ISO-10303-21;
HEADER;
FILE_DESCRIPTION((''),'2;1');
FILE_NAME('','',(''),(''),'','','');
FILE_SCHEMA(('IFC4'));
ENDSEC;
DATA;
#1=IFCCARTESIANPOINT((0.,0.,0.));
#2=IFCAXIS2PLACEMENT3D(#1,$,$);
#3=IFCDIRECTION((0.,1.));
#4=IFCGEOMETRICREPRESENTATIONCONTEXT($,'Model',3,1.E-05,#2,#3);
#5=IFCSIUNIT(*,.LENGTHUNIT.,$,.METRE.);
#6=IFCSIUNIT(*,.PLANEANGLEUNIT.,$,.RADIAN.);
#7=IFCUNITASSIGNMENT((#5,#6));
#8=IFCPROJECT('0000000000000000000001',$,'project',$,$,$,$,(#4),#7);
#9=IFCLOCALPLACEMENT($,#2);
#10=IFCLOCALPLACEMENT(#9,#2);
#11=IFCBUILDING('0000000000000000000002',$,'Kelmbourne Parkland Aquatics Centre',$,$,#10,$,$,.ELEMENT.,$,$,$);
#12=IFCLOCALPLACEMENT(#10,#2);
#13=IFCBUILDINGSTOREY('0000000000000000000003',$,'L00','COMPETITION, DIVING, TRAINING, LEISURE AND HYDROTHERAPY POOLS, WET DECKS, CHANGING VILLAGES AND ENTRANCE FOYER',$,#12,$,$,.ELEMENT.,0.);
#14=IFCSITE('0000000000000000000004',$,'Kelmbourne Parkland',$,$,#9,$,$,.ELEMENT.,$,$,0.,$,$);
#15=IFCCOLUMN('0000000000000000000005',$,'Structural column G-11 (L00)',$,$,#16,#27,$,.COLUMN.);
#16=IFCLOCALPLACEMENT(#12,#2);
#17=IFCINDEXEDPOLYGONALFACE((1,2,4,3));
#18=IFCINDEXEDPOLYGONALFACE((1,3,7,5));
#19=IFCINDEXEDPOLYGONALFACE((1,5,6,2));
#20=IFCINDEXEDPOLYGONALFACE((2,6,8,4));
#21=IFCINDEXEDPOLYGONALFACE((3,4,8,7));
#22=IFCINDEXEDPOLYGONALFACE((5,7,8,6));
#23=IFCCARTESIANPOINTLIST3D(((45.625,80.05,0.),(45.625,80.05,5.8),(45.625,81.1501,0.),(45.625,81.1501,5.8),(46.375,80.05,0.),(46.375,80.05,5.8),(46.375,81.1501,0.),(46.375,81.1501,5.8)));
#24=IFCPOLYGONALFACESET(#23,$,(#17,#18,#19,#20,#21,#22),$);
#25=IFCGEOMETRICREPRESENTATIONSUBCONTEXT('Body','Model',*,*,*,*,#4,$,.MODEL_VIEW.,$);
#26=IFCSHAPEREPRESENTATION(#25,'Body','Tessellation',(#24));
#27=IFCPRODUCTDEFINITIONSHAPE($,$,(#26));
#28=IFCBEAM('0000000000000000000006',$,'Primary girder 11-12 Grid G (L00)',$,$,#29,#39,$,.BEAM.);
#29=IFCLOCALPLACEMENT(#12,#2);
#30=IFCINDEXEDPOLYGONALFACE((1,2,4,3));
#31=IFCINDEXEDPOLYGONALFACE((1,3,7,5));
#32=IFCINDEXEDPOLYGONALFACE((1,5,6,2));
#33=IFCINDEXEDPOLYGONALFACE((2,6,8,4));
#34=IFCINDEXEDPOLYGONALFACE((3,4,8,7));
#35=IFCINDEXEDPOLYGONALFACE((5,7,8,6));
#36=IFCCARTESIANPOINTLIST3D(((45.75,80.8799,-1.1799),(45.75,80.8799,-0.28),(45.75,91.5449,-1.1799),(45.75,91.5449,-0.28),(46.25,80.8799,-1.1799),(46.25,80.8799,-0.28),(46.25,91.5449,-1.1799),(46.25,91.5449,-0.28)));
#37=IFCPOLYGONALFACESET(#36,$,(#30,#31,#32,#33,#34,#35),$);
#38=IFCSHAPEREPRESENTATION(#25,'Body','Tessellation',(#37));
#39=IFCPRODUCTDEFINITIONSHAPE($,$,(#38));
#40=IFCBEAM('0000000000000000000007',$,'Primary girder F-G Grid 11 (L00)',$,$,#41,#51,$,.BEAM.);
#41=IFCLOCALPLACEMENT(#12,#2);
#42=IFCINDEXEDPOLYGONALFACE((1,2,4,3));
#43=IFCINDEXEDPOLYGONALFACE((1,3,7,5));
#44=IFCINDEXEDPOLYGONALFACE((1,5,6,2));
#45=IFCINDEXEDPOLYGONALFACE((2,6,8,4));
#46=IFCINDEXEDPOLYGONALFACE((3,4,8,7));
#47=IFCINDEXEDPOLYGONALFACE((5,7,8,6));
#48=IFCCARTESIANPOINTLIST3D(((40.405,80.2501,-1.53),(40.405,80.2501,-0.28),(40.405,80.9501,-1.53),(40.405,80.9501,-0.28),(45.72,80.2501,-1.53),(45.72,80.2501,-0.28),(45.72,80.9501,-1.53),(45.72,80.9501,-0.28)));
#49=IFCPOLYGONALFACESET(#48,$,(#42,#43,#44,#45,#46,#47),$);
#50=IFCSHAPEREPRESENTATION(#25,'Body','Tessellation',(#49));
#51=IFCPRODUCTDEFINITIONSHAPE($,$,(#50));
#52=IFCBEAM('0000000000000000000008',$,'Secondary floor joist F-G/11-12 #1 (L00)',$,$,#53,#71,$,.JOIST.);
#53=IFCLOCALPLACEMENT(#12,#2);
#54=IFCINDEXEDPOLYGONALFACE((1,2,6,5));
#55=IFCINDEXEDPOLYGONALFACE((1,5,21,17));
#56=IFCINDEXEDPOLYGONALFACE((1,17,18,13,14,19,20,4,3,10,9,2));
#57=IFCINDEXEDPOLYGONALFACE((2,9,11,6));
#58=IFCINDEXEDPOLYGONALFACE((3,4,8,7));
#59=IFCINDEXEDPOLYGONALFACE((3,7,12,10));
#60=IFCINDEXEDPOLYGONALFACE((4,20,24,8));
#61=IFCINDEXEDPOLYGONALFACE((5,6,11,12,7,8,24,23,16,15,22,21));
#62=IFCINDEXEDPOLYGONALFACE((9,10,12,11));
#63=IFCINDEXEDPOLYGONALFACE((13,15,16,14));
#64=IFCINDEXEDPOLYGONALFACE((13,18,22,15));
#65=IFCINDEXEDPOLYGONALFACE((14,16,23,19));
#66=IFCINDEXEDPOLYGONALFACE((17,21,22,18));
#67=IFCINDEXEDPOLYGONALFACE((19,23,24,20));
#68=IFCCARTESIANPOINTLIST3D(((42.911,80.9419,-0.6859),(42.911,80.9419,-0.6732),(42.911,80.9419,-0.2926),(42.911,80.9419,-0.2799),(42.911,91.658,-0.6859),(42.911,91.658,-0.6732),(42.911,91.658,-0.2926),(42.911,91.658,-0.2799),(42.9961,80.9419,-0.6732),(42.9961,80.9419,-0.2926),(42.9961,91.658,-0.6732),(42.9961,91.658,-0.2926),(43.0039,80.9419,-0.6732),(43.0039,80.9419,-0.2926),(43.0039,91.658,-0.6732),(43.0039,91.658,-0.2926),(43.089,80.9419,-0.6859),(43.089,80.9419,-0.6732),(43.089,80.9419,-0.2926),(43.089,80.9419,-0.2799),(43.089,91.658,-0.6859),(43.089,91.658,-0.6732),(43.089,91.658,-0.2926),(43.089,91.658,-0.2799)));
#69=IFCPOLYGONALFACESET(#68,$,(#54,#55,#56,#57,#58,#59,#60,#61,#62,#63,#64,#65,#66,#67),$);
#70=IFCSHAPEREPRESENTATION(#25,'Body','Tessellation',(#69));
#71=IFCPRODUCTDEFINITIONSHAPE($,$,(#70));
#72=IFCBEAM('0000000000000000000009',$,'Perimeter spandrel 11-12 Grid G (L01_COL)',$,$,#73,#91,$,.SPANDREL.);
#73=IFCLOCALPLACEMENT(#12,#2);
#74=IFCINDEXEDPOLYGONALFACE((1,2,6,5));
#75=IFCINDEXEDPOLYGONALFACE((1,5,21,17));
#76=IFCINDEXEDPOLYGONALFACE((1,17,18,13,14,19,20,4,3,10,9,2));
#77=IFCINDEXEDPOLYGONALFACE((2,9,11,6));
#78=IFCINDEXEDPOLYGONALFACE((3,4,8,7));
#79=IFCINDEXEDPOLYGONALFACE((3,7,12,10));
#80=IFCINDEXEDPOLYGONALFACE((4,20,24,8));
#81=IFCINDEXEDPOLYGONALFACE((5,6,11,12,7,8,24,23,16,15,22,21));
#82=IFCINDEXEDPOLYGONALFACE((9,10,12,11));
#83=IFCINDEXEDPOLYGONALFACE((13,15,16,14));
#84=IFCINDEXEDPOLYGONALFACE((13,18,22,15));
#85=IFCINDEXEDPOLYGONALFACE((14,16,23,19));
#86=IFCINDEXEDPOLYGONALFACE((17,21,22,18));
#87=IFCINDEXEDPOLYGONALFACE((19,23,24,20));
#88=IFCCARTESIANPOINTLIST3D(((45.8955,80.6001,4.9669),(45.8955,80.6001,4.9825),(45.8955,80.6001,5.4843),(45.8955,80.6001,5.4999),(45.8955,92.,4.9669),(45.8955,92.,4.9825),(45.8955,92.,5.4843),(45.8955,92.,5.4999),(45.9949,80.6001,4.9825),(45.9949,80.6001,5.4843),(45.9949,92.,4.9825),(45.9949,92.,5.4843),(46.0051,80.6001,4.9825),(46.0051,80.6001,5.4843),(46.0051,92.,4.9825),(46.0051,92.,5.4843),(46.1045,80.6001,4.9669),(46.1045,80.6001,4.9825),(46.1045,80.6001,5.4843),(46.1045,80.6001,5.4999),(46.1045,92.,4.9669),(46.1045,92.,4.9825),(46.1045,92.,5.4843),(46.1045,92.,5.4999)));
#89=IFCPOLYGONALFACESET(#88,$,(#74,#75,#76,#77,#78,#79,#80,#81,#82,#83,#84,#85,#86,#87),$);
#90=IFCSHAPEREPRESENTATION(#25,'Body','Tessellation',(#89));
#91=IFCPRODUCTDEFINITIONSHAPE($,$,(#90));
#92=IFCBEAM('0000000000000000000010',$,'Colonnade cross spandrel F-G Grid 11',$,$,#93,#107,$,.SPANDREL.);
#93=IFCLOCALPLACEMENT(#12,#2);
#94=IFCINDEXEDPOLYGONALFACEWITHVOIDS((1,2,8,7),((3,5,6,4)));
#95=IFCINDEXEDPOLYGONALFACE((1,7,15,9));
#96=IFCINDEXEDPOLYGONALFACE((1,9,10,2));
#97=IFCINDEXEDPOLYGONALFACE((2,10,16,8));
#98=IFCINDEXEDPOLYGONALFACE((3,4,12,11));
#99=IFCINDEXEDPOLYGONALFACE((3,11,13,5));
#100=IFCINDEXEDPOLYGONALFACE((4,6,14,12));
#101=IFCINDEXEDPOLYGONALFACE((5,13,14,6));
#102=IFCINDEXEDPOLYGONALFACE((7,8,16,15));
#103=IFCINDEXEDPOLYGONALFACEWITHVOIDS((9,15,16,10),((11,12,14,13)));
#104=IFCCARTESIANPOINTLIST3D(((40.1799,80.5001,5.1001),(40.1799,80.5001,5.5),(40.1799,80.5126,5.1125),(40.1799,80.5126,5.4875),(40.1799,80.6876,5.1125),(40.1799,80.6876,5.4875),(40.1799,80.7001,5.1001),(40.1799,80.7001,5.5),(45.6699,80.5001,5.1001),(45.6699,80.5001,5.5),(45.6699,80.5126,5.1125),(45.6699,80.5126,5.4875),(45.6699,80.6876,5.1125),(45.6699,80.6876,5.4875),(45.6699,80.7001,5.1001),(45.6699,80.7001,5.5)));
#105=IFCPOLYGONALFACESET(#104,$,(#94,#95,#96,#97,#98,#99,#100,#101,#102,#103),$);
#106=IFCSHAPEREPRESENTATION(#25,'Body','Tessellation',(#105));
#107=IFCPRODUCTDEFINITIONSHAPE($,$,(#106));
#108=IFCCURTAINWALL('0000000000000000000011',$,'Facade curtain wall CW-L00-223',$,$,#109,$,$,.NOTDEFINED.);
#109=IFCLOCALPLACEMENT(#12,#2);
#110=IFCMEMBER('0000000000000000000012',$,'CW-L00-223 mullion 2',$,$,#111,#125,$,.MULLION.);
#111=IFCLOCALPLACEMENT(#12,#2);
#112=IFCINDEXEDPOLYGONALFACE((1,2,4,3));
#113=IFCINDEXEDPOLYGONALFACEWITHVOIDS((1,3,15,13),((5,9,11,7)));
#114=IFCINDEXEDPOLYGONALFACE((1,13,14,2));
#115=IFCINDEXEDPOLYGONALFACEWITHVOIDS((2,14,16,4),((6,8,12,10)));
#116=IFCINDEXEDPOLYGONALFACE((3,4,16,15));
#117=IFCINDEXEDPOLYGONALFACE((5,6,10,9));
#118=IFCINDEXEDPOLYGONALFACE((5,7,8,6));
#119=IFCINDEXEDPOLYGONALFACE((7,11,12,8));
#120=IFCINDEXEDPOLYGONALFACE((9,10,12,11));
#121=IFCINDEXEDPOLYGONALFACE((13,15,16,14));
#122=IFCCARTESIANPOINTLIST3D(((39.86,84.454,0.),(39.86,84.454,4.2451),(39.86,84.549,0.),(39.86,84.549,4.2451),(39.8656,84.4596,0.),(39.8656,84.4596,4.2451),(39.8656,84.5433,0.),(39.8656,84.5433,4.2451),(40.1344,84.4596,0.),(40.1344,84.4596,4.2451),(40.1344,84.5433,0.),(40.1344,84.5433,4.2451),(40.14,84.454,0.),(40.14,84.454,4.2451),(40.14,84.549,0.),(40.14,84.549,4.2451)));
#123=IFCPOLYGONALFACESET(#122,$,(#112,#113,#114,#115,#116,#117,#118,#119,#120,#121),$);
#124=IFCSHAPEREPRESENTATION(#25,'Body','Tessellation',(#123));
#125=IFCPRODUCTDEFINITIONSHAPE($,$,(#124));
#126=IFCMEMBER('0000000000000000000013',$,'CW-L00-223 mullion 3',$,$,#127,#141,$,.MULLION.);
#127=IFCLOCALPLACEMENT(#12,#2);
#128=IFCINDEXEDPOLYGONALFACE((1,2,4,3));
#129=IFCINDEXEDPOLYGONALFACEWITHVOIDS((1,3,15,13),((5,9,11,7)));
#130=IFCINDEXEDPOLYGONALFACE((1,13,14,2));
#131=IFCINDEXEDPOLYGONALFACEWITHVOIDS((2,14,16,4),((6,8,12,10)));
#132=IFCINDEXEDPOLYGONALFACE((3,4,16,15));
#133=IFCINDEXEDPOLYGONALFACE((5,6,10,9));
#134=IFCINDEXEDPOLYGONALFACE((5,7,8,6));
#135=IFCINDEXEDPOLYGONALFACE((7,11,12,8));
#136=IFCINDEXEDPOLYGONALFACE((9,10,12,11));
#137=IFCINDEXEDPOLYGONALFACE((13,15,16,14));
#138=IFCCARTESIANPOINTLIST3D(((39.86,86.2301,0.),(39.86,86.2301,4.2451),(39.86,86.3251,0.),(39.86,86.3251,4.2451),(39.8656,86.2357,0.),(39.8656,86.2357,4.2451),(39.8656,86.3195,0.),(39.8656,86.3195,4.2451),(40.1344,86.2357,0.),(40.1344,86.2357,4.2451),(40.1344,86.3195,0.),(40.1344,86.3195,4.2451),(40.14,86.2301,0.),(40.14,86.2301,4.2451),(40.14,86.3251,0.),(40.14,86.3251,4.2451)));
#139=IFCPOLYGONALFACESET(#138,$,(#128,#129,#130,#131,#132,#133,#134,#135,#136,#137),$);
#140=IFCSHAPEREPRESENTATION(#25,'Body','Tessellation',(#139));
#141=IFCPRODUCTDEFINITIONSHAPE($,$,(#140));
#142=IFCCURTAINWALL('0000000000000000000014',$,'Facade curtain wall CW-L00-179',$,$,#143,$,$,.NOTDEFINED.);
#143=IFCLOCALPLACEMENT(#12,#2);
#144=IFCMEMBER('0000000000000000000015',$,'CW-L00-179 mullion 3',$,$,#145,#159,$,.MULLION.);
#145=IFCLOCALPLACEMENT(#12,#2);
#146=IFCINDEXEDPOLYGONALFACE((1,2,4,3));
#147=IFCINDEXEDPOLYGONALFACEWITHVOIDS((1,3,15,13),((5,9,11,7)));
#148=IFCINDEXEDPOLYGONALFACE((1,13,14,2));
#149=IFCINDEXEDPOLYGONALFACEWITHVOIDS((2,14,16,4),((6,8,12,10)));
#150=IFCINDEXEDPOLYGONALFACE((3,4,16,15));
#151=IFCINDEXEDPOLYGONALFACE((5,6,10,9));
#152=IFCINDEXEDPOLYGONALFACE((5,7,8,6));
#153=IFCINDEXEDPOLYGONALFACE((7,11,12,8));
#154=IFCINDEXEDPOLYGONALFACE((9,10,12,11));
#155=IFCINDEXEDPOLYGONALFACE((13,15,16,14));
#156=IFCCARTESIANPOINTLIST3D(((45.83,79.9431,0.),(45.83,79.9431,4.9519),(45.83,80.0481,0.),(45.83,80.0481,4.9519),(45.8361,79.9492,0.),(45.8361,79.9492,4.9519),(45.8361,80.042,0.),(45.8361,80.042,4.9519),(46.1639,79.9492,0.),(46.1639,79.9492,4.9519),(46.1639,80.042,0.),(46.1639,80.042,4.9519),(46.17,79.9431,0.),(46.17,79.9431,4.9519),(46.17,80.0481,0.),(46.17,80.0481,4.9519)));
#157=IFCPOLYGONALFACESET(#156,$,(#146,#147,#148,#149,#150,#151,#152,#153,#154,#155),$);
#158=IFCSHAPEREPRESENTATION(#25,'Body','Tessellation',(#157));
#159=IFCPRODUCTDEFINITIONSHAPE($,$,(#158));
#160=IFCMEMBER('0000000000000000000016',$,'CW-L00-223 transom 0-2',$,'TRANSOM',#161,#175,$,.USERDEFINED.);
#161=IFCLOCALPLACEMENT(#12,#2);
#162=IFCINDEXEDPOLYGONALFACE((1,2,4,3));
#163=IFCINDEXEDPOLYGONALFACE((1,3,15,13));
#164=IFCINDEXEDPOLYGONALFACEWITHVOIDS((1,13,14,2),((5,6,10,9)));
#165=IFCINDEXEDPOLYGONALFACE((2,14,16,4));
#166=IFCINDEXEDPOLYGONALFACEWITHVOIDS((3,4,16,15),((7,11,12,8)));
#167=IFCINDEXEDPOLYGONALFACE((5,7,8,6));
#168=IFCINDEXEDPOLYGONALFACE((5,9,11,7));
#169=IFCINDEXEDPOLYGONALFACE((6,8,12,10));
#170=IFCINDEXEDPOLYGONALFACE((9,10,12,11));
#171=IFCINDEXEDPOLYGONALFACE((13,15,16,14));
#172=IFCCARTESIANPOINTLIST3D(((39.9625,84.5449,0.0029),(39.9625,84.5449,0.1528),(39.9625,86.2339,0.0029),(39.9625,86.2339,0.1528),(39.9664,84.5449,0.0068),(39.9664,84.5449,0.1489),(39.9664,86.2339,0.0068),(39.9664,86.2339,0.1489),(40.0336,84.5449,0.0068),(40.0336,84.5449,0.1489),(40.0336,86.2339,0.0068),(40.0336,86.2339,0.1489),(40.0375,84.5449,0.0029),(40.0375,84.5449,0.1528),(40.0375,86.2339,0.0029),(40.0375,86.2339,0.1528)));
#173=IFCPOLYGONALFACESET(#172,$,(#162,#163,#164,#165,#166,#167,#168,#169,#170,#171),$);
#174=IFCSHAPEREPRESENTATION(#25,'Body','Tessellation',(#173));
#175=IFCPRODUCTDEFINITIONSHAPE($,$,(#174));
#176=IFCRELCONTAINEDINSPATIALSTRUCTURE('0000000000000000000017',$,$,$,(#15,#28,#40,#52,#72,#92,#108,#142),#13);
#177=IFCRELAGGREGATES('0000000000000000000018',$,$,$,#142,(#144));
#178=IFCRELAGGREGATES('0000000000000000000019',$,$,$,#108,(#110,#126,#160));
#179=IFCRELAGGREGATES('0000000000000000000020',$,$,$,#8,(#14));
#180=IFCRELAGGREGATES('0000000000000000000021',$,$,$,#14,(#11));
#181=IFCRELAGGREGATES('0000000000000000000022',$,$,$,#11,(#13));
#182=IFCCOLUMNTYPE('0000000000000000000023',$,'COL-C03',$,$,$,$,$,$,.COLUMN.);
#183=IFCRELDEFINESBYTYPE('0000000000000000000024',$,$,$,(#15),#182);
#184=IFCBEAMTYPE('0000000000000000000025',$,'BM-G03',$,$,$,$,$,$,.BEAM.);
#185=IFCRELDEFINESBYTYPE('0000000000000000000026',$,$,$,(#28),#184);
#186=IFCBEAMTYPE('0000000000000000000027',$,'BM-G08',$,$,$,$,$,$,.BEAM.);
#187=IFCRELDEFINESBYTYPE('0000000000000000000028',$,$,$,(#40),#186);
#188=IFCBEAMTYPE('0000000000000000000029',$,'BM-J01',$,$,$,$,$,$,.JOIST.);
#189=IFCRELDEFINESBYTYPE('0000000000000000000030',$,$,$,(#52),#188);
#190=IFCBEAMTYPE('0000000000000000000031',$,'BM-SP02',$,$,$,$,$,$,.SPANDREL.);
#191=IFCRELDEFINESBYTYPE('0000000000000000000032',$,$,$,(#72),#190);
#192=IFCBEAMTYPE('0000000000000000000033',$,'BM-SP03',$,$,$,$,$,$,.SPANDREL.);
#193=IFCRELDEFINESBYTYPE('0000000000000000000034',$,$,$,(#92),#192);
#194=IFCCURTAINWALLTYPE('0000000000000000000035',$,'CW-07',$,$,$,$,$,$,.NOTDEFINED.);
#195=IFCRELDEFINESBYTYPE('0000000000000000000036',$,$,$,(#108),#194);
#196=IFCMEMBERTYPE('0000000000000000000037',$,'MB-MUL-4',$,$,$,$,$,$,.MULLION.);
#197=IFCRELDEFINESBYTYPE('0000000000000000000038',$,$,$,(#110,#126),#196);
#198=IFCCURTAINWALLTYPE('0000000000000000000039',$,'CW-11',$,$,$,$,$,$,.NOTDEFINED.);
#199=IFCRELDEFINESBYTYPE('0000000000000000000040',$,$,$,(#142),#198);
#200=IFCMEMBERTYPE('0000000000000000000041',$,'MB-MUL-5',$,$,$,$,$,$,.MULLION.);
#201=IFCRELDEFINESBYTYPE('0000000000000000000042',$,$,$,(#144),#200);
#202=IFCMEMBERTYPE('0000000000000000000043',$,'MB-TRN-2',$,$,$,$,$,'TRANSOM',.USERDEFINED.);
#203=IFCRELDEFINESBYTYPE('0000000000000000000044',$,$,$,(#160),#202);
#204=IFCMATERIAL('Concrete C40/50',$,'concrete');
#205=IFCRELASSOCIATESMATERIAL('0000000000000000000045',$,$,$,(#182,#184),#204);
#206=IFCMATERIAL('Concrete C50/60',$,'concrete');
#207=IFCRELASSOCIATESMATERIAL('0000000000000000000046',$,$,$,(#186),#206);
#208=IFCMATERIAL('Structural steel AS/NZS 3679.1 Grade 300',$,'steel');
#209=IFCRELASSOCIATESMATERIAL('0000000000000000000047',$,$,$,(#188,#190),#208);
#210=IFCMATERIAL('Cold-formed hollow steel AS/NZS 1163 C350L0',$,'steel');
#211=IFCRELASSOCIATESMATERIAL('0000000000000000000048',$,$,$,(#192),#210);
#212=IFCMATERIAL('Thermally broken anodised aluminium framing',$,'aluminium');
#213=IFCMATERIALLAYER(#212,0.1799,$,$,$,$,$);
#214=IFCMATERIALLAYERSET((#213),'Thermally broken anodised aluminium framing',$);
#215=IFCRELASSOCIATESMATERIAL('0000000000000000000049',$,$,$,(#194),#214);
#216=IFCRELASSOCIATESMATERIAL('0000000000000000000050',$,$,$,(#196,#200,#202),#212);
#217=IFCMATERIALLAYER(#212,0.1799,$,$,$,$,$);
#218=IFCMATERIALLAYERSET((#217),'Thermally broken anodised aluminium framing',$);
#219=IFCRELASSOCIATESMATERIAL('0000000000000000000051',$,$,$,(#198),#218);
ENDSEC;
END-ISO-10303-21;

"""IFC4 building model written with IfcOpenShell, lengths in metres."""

from ifc_helpers import new_model, si_unit, direction, frame, origin, origin_2d, place, context, subcontext, project, spatial, rectangle, hollow_rectangle, i_section, extrude, material, layer, layer_set, material_profile, profile_set, type_object, element, aggregate, save


model = new_model("IFC4")

# Units and contexts
model_context = context("Model", 3, precision=1e-05, world=origin(), true_north=direction((0.0, 1.0)))
body_context = subcontext(model_context, "Body", "Model", "MODEL_VIEW")
ifc_project = project(units=[si_unit("LENGTHUNIT", "METRE"), si_unit("PLANEANGLEUNIT", "RADIAN")], contexts=[model_context])

# Site, building, storey
site_placement = place(None, origin())
site = spatial("IfcSite", under=ifc_project, at=site_placement, Name="Kelmbourne Parkland", CompositionType="ELEMENT", RefElevation=0.0)
building_placement = place(site_placement, origin())
building = spatial("IfcBuilding", under=site, at=building_placement, Name="Kelmbourne Parkland Aquatics Centre", CompositionType="ELEMENT")
storey_placement = place(building_placement, origin())
storey = spatial("IfcBuildingStorey", under=building, at=storey_placement, Name="L00", Description="COMPETITION, DIVING, TRAINING, LEISURE AND HYDROTHERAPY POOLS, WET DECKS, CHANGING VILLAGES AND ENTRANCE FOYER", CompositionType="ELEMENT", Elevation=0.0)

# Column
ifc_material_1 = material(Name="Concrete C40/50", Category="concrete")
ifc_material_profile_1 = material_profile(ifc_material_1, rectangle(XDim=0.75, YDim=1.1001, at=origin_2d()), Name="RC 750x1100")
ifc_profile_set_1 = profile_set([ifc_material_profile_1], Name="Concrete C40/50")
column_type = type_object("IfcColumnType", Name="COL-C03", PredefinedType="COLUMN", material=ifc_profile_set_1)
column_placement = place(storey_placement, frame((46.0, 80.6001, 0.0), z_axis=(0.0, 0.0, 1.0), x_axis=(1.0, 0.0, 0.0)))
element("IfcColumn", 1, at=column_placement, inside=storey, type_object=column_type, Name="Structural column G-11 (L00)", PredefinedType="COLUMN", context=body_context, shape_type="SweptSolid", body=[
    extrude(rectangle(XDim=0.75, YDim=1.1001, at=origin_2d()), origin(), (0.0, 0.0, 1.0), 5.8),
])

# Beams
ifc_material_profile_2 = material_profile(ifc_material_1, rectangle(XDim=0.5, YDim=0.8999, at=origin_2d()), Name="RC 500x900")
ifc_profile_set_2 = profile_set([ifc_material_profile_2], Name="Concrete C40/50")
beam_type_1 = type_object("IfcBeamType", Name="BM-G03", PredefinedType="BEAM", material=ifc_profile_set_2)
beam_1_placement = place(storey_placement, frame((46.0, 80.8799, -0.73), z_axis=(0.0, 1.0, 0.0), x_axis=(-1.0, 0.0, 0.0)))
element("IfcBeam", 2, at=beam_1_placement, inside=storey, type_object=beam_type_1, Name="Primary girder 11-12 Grid G (L00)", PredefinedType="BEAM", context=body_context, shape_type="SweptSolid", body=[
    extrude(rectangle(XDim=0.5, YDim=0.8999, at=origin_2d()), origin(), (0.0, 0.0, 1.0), 10.665),
])
ifc_material_2 = material(Name="Concrete C50/60", Category="concrete")
ifc_material_profile_3 = material_profile(ifc_material_2, rectangle(XDim=0.7, YDim=1.25, at=origin_2d()), Name="RC 700x1250")
ifc_profile_set_3 = profile_set([ifc_material_profile_3], Name="Concrete C50/60")
beam_type_2 = type_object("IfcBeamType", Name="BM-G08", PredefinedType="BEAM", material=ifc_profile_set_3)
beam_2_placement = place(storey_placement, frame((40.405, 80.6001, -0.905), z_axis=(1.0, 0.0, 0.0), x_axis=(0.0, 1.0, 0.0)))
element("IfcBeam", 3, at=beam_2_placement, inside=storey, type_object=beam_type_2, Name="Primary girder F-G Grid 11 (L00)", PredefinedType="BEAM", context=body_context, shape_type="SweptSolid", body=[
    extrude(rectangle(XDim=0.7, YDim=1.25, at=origin_2d()), origin(), (0.0, 0.0, 1.0), 5.3149),
])
ifc_material_3 = material(Name="Structural steel AS/NZS 3679.1 Grade 300", Category="steel")
ifc_material_profile_4 = material_profile(ifc_material_3, i_section(OverallWidth=0.178, OverallDepth=0.406, WebThickness=0.0078, FlangeThickness=0.0127, at=origin_2d()), Name="410UB59.7")
ifc_profile_set_4 = profile_set([ifc_material_profile_4], Name="Structural steel AS/NZS 3679.1 Grade 300")
beam_type_3 = type_object("IfcBeamType", Name="BM-J01", PredefinedType="JOIST", material=ifc_profile_set_4)
beam_3_placement = place(storey_placement, frame((43.0, 80.9419, -0.4829), z_axis=(0.0, 1.0, 0.0), x_axis=(-1.0, 0.0, 0.0)))
element("IfcBeam", 4, at=beam_3_placement, inside=storey, type_object=beam_type_3, Name="Secondary floor joist F-G/11-12 #1 (L00)", PredefinedType="JOIST", context=body_context, shape_type="SweptSolid", body=[
    extrude(i_section(OverallWidth=0.178, OverallDepth=0.406, WebThickness=0.0078, FlangeThickness=0.0127, at=origin_2d()), origin(), (0.0, 0.0, 1.0), 10.7161),
])
ifc_material_profile_5 = material_profile(ifc_material_3, i_section(OverallWidth=0.209, OverallDepth=0.533, WebThickness=0.0103, FlangeThickness=0.0156, at=origin_2d()), Name="530UB92.4")
ifc_profile_set_5 = profile_set([ifc_material_profile_5], Name="Structural steel AS/NZS 3679.1 Grade 300")
beam_type_4 = type_object("IfcBeamType", Name="BM-SP02", PredefinedType="SPANDREL", material=ifc_profile_set_5)
beam_4_placement = place(storey_placement, frame((46.0, 80.6001, 5.2334), z_axis=(0.0, 1.0, 0.0), x_axis=(-1.0, 0.0, 0.0)))
element("IfcBeam", 5, at=beam_4_placement, inside=storey, type_object=beam_type_4, Name="Perimeter spandrel 11-12 Grid G (L01_COL)", PredefinedType="SPANDREL", context=body_context, shape_type="SweptSolid", body=[
    extrude(i_section(OverallWidth=0.209, OverallDepth=0.533, WebThickness=0.0103, FlangeThickness=0.0156, at=origin_2d()), origin(), (0.0, 0.0, 1.0), 11.3999),
])
ifc_material_4 = material(Name="Cold-formed hollow steel AS/NZS 1163 C350L0", Category="steel")
ifc_material_profile_6 = material_profile(ifc_material_4, hollow_rectangle(XDim=0.2, YDim=0.3999, WallThickness=0.0125, at=origin_2d()), Name="RHS 400x200x12.5")
ifc_profile_set_6 = profile_set([ifc_material_profile_6], Name="Cold-formed hollow steel AS/NZS 1163 C350L0")
beam_type_5 = type_object("IfcBeamType", Name="BM-SP03", PredefinedType="SPANDREL", material=ifc_profile_set_6)
beam_5_placement = place(storey_placement, frame((40.1799, 80.6001, 5.3), z_axis=(1.0, 0.0, 0.0), x_axis=(0.0, 1.0, 0.0)))
element("IfcBeam", 6, at=beam_5_placement, inside=storey, type_object=beam_type_5, Name="Colonnade cross spandrel F-G Grid 11", PredefinedType="SPANDREL", context=body_context, shape_type="SweptSolid", body=[
    extrude(hollow_rectangle(XDim=0.2, YDim=0.3999, WallThickness=0.0125, at=origin_2d()), origin(), (0.0, 0.0, 1.0), 5.49),
])

# Curtain wall, members
ifc_material_5 = material(Name="Thermally broken anodised aluminium framing", Category="aluminium")
ifc_layer_1 = layer(ifc_material_5, 0.1799)
ifc_layer_set_1 = layer_set([ifc_layer_1], Name="Thermally broken anodised aluminium framing")
curtain_wall_type_1 = type_object("IfcCurtainWallType", Name="CW-07", PredefinedType="NOTDEFINED", material=ifc_layer_set_1)
curtain_wall_1_placement = place(storey_placement, origin())
curtain_wall_1 = element("IfcCurtainWall", 7, at=curtain_wall_1_placement, inside=storey, type_object=curtain_wall_type_1, Name="Facade curtain wall CW-L00-223", PredefinedType="NOTDEFINED")
ifc_material_profile_7 = material_profile(ifc_material_5, hollow_rectangle(XDim=0.095, YDim=0.28, WallThickness=0.0056, at=origin_2d()), Name="CW-M 95x280")
ifc_profile_set_7 = profile_set([ifc_material_profile_7], Name="Thermally broken anodised aluminium framing")
member_type_1 = type_object("IfcMemberType", Name="MB-MUL-4", PredefinedType="MULLION", material=ifc_profile_set_7)
member_1_placement = place(storey_placement, frame((40.0, 84.5015, 0.0), z_axis=(0.0, 0.0, 1.0), x_axis=(0.0, 1.0, 0.0)))
member_1 = element("IfcMember", 8, at=member_1_placement, type_object=member_type_1, Name="CW-L00-223 mullion 2", PredefinedType="MULLION", context=body_context, shape_type="SweptSolid", body=[
    extrude(hollow_rectangle(XDim=0.095, YDim=0.28, WallThickness=0.0056, at=origin_2d()), origin(), (0.0, 0.0, 1.0), 4.2451),
])
member_2_placement = place(storey_placement, frame((40.0, 86.2776, 0.0), z_axis=(0.0, 0.0, 1.0), x_axis=(0.0, 1.0, 0.0)))
member_2 = element("IfcMember", 9, at=member_2_placement, type_object=member_type_1, Name="CW-L00-223 mullion 3", PredefinedType="MULLION", context=body_context, shape_type="SweptSolid", body=[
    extrude(hollow_rectangle(XDim=0.095, YDim=0.28, WallThickness=0.0056, at=origin_2d()), origin(), (0.0, 0.0, 1.0), 4.2451),
])

# Curtain wall, member
ifc_layer_2 = layer(ifc_material_5, 0.1799)
ifc_layer_set_2 = layer_set([ifc_layer_2], Name="Thermally broken anodised aluminium framing")
curtain_wall_type_2 = type_object("IfcCurtainWallType", Name="CW-11", PredefinedType="NOTDEFINED", material=ifc_layer_set_2)
curtain_wall_2_placement = place(storey_placement, origin())
curtain_wall_2 = element("IfcCurtainWall", 10, at=curtain_wall_2_placement, inside=storey, type_object=curtain_wall_type_2, Name="Facade curtain wall CW-L00-179", PredefinedType="NOTDEFINED")
ifc_material_profile_8 = material_profile(ifc_material_5, hollow_rectangle(XDim=0.105, YDim=0.3401, WallThickness=0.0061, at=origin_2d()), Name="CW-M 105x340")
ifc_profile_set_8 = profile_set([ifc_material_profile_8], Name="Thermally broken anodised aluminium framing")
member_type_2 = type_object("IfcMemberType", Name="MB-MUL-5", PredefinedType="MULLION", material=ifc_profile_set_8)
member_3_placement = place(storey_placement, frame((46.0, 79.9956, 0.0), z_axis=(0.0, 0.0, 1.0), x_axis=(0.0, 1.0, 0.0)))
member_3 = element("IfcMember", 11, at=member_3_placement, type_object=member_type_2, Name="CW-L00-179 mullion 3", PredefinedType="MULLION", context=body_context, shape_type="SweptSolid", body=[
    extrude(hollow_rectangle(XDim=0.105, YDim=0.3401, WallThickness=0.0061, at=origin_2d()), origin(), (0.0, 0.0, 1.0), 4.9519),
])
aggregate(curtain_wall_2, [member_3])

# Member
ifc_material_profile_9 = material_profile(ifc_material_5, hollow_rectangle(XDim=0.075, YDim=0.1499, WallThickness=0.0039, at=origin_2d()), Name="CW-T 75x150")
ifc_profile_set_9 = profile_set([ifc_material_profile_9], Name="Thermally broken anodised aluminium framing")
member_type_3 = type_object("IfcMemberType", Name="MB-TRN-2", ElementType="TRANSOM", PredefinedType="USERDEFINED", material=ifc_profile_set_9)
member_4_placement = place(storey_placement, frame((40.0, 84.5449, 0.0779), z_axis=(0.0, 1.0, 0.0), x_axis=(-1.0, 0.0, 0.0)))
member_4 = element("IfcMember", 12, at=member_4_placement, type_object=member_type_3, Name="CW-L00-223 transom 0-2", ObjectType="TRANSOM", PredefinedType="USERDEFINED", context=body_context, shape_type="SweptSolid", body=[
    extrude(hollow_rectangle(XDim=0.075, YDim=0.1499, WallThickness=0.0039, at=origin_2d()), origin(), (0.0, 0.0, 1.0), 1.689),
])

aggregate(curtain_wall_1, [member_1, member_2, member_4])

save(model, "model.ifc")
